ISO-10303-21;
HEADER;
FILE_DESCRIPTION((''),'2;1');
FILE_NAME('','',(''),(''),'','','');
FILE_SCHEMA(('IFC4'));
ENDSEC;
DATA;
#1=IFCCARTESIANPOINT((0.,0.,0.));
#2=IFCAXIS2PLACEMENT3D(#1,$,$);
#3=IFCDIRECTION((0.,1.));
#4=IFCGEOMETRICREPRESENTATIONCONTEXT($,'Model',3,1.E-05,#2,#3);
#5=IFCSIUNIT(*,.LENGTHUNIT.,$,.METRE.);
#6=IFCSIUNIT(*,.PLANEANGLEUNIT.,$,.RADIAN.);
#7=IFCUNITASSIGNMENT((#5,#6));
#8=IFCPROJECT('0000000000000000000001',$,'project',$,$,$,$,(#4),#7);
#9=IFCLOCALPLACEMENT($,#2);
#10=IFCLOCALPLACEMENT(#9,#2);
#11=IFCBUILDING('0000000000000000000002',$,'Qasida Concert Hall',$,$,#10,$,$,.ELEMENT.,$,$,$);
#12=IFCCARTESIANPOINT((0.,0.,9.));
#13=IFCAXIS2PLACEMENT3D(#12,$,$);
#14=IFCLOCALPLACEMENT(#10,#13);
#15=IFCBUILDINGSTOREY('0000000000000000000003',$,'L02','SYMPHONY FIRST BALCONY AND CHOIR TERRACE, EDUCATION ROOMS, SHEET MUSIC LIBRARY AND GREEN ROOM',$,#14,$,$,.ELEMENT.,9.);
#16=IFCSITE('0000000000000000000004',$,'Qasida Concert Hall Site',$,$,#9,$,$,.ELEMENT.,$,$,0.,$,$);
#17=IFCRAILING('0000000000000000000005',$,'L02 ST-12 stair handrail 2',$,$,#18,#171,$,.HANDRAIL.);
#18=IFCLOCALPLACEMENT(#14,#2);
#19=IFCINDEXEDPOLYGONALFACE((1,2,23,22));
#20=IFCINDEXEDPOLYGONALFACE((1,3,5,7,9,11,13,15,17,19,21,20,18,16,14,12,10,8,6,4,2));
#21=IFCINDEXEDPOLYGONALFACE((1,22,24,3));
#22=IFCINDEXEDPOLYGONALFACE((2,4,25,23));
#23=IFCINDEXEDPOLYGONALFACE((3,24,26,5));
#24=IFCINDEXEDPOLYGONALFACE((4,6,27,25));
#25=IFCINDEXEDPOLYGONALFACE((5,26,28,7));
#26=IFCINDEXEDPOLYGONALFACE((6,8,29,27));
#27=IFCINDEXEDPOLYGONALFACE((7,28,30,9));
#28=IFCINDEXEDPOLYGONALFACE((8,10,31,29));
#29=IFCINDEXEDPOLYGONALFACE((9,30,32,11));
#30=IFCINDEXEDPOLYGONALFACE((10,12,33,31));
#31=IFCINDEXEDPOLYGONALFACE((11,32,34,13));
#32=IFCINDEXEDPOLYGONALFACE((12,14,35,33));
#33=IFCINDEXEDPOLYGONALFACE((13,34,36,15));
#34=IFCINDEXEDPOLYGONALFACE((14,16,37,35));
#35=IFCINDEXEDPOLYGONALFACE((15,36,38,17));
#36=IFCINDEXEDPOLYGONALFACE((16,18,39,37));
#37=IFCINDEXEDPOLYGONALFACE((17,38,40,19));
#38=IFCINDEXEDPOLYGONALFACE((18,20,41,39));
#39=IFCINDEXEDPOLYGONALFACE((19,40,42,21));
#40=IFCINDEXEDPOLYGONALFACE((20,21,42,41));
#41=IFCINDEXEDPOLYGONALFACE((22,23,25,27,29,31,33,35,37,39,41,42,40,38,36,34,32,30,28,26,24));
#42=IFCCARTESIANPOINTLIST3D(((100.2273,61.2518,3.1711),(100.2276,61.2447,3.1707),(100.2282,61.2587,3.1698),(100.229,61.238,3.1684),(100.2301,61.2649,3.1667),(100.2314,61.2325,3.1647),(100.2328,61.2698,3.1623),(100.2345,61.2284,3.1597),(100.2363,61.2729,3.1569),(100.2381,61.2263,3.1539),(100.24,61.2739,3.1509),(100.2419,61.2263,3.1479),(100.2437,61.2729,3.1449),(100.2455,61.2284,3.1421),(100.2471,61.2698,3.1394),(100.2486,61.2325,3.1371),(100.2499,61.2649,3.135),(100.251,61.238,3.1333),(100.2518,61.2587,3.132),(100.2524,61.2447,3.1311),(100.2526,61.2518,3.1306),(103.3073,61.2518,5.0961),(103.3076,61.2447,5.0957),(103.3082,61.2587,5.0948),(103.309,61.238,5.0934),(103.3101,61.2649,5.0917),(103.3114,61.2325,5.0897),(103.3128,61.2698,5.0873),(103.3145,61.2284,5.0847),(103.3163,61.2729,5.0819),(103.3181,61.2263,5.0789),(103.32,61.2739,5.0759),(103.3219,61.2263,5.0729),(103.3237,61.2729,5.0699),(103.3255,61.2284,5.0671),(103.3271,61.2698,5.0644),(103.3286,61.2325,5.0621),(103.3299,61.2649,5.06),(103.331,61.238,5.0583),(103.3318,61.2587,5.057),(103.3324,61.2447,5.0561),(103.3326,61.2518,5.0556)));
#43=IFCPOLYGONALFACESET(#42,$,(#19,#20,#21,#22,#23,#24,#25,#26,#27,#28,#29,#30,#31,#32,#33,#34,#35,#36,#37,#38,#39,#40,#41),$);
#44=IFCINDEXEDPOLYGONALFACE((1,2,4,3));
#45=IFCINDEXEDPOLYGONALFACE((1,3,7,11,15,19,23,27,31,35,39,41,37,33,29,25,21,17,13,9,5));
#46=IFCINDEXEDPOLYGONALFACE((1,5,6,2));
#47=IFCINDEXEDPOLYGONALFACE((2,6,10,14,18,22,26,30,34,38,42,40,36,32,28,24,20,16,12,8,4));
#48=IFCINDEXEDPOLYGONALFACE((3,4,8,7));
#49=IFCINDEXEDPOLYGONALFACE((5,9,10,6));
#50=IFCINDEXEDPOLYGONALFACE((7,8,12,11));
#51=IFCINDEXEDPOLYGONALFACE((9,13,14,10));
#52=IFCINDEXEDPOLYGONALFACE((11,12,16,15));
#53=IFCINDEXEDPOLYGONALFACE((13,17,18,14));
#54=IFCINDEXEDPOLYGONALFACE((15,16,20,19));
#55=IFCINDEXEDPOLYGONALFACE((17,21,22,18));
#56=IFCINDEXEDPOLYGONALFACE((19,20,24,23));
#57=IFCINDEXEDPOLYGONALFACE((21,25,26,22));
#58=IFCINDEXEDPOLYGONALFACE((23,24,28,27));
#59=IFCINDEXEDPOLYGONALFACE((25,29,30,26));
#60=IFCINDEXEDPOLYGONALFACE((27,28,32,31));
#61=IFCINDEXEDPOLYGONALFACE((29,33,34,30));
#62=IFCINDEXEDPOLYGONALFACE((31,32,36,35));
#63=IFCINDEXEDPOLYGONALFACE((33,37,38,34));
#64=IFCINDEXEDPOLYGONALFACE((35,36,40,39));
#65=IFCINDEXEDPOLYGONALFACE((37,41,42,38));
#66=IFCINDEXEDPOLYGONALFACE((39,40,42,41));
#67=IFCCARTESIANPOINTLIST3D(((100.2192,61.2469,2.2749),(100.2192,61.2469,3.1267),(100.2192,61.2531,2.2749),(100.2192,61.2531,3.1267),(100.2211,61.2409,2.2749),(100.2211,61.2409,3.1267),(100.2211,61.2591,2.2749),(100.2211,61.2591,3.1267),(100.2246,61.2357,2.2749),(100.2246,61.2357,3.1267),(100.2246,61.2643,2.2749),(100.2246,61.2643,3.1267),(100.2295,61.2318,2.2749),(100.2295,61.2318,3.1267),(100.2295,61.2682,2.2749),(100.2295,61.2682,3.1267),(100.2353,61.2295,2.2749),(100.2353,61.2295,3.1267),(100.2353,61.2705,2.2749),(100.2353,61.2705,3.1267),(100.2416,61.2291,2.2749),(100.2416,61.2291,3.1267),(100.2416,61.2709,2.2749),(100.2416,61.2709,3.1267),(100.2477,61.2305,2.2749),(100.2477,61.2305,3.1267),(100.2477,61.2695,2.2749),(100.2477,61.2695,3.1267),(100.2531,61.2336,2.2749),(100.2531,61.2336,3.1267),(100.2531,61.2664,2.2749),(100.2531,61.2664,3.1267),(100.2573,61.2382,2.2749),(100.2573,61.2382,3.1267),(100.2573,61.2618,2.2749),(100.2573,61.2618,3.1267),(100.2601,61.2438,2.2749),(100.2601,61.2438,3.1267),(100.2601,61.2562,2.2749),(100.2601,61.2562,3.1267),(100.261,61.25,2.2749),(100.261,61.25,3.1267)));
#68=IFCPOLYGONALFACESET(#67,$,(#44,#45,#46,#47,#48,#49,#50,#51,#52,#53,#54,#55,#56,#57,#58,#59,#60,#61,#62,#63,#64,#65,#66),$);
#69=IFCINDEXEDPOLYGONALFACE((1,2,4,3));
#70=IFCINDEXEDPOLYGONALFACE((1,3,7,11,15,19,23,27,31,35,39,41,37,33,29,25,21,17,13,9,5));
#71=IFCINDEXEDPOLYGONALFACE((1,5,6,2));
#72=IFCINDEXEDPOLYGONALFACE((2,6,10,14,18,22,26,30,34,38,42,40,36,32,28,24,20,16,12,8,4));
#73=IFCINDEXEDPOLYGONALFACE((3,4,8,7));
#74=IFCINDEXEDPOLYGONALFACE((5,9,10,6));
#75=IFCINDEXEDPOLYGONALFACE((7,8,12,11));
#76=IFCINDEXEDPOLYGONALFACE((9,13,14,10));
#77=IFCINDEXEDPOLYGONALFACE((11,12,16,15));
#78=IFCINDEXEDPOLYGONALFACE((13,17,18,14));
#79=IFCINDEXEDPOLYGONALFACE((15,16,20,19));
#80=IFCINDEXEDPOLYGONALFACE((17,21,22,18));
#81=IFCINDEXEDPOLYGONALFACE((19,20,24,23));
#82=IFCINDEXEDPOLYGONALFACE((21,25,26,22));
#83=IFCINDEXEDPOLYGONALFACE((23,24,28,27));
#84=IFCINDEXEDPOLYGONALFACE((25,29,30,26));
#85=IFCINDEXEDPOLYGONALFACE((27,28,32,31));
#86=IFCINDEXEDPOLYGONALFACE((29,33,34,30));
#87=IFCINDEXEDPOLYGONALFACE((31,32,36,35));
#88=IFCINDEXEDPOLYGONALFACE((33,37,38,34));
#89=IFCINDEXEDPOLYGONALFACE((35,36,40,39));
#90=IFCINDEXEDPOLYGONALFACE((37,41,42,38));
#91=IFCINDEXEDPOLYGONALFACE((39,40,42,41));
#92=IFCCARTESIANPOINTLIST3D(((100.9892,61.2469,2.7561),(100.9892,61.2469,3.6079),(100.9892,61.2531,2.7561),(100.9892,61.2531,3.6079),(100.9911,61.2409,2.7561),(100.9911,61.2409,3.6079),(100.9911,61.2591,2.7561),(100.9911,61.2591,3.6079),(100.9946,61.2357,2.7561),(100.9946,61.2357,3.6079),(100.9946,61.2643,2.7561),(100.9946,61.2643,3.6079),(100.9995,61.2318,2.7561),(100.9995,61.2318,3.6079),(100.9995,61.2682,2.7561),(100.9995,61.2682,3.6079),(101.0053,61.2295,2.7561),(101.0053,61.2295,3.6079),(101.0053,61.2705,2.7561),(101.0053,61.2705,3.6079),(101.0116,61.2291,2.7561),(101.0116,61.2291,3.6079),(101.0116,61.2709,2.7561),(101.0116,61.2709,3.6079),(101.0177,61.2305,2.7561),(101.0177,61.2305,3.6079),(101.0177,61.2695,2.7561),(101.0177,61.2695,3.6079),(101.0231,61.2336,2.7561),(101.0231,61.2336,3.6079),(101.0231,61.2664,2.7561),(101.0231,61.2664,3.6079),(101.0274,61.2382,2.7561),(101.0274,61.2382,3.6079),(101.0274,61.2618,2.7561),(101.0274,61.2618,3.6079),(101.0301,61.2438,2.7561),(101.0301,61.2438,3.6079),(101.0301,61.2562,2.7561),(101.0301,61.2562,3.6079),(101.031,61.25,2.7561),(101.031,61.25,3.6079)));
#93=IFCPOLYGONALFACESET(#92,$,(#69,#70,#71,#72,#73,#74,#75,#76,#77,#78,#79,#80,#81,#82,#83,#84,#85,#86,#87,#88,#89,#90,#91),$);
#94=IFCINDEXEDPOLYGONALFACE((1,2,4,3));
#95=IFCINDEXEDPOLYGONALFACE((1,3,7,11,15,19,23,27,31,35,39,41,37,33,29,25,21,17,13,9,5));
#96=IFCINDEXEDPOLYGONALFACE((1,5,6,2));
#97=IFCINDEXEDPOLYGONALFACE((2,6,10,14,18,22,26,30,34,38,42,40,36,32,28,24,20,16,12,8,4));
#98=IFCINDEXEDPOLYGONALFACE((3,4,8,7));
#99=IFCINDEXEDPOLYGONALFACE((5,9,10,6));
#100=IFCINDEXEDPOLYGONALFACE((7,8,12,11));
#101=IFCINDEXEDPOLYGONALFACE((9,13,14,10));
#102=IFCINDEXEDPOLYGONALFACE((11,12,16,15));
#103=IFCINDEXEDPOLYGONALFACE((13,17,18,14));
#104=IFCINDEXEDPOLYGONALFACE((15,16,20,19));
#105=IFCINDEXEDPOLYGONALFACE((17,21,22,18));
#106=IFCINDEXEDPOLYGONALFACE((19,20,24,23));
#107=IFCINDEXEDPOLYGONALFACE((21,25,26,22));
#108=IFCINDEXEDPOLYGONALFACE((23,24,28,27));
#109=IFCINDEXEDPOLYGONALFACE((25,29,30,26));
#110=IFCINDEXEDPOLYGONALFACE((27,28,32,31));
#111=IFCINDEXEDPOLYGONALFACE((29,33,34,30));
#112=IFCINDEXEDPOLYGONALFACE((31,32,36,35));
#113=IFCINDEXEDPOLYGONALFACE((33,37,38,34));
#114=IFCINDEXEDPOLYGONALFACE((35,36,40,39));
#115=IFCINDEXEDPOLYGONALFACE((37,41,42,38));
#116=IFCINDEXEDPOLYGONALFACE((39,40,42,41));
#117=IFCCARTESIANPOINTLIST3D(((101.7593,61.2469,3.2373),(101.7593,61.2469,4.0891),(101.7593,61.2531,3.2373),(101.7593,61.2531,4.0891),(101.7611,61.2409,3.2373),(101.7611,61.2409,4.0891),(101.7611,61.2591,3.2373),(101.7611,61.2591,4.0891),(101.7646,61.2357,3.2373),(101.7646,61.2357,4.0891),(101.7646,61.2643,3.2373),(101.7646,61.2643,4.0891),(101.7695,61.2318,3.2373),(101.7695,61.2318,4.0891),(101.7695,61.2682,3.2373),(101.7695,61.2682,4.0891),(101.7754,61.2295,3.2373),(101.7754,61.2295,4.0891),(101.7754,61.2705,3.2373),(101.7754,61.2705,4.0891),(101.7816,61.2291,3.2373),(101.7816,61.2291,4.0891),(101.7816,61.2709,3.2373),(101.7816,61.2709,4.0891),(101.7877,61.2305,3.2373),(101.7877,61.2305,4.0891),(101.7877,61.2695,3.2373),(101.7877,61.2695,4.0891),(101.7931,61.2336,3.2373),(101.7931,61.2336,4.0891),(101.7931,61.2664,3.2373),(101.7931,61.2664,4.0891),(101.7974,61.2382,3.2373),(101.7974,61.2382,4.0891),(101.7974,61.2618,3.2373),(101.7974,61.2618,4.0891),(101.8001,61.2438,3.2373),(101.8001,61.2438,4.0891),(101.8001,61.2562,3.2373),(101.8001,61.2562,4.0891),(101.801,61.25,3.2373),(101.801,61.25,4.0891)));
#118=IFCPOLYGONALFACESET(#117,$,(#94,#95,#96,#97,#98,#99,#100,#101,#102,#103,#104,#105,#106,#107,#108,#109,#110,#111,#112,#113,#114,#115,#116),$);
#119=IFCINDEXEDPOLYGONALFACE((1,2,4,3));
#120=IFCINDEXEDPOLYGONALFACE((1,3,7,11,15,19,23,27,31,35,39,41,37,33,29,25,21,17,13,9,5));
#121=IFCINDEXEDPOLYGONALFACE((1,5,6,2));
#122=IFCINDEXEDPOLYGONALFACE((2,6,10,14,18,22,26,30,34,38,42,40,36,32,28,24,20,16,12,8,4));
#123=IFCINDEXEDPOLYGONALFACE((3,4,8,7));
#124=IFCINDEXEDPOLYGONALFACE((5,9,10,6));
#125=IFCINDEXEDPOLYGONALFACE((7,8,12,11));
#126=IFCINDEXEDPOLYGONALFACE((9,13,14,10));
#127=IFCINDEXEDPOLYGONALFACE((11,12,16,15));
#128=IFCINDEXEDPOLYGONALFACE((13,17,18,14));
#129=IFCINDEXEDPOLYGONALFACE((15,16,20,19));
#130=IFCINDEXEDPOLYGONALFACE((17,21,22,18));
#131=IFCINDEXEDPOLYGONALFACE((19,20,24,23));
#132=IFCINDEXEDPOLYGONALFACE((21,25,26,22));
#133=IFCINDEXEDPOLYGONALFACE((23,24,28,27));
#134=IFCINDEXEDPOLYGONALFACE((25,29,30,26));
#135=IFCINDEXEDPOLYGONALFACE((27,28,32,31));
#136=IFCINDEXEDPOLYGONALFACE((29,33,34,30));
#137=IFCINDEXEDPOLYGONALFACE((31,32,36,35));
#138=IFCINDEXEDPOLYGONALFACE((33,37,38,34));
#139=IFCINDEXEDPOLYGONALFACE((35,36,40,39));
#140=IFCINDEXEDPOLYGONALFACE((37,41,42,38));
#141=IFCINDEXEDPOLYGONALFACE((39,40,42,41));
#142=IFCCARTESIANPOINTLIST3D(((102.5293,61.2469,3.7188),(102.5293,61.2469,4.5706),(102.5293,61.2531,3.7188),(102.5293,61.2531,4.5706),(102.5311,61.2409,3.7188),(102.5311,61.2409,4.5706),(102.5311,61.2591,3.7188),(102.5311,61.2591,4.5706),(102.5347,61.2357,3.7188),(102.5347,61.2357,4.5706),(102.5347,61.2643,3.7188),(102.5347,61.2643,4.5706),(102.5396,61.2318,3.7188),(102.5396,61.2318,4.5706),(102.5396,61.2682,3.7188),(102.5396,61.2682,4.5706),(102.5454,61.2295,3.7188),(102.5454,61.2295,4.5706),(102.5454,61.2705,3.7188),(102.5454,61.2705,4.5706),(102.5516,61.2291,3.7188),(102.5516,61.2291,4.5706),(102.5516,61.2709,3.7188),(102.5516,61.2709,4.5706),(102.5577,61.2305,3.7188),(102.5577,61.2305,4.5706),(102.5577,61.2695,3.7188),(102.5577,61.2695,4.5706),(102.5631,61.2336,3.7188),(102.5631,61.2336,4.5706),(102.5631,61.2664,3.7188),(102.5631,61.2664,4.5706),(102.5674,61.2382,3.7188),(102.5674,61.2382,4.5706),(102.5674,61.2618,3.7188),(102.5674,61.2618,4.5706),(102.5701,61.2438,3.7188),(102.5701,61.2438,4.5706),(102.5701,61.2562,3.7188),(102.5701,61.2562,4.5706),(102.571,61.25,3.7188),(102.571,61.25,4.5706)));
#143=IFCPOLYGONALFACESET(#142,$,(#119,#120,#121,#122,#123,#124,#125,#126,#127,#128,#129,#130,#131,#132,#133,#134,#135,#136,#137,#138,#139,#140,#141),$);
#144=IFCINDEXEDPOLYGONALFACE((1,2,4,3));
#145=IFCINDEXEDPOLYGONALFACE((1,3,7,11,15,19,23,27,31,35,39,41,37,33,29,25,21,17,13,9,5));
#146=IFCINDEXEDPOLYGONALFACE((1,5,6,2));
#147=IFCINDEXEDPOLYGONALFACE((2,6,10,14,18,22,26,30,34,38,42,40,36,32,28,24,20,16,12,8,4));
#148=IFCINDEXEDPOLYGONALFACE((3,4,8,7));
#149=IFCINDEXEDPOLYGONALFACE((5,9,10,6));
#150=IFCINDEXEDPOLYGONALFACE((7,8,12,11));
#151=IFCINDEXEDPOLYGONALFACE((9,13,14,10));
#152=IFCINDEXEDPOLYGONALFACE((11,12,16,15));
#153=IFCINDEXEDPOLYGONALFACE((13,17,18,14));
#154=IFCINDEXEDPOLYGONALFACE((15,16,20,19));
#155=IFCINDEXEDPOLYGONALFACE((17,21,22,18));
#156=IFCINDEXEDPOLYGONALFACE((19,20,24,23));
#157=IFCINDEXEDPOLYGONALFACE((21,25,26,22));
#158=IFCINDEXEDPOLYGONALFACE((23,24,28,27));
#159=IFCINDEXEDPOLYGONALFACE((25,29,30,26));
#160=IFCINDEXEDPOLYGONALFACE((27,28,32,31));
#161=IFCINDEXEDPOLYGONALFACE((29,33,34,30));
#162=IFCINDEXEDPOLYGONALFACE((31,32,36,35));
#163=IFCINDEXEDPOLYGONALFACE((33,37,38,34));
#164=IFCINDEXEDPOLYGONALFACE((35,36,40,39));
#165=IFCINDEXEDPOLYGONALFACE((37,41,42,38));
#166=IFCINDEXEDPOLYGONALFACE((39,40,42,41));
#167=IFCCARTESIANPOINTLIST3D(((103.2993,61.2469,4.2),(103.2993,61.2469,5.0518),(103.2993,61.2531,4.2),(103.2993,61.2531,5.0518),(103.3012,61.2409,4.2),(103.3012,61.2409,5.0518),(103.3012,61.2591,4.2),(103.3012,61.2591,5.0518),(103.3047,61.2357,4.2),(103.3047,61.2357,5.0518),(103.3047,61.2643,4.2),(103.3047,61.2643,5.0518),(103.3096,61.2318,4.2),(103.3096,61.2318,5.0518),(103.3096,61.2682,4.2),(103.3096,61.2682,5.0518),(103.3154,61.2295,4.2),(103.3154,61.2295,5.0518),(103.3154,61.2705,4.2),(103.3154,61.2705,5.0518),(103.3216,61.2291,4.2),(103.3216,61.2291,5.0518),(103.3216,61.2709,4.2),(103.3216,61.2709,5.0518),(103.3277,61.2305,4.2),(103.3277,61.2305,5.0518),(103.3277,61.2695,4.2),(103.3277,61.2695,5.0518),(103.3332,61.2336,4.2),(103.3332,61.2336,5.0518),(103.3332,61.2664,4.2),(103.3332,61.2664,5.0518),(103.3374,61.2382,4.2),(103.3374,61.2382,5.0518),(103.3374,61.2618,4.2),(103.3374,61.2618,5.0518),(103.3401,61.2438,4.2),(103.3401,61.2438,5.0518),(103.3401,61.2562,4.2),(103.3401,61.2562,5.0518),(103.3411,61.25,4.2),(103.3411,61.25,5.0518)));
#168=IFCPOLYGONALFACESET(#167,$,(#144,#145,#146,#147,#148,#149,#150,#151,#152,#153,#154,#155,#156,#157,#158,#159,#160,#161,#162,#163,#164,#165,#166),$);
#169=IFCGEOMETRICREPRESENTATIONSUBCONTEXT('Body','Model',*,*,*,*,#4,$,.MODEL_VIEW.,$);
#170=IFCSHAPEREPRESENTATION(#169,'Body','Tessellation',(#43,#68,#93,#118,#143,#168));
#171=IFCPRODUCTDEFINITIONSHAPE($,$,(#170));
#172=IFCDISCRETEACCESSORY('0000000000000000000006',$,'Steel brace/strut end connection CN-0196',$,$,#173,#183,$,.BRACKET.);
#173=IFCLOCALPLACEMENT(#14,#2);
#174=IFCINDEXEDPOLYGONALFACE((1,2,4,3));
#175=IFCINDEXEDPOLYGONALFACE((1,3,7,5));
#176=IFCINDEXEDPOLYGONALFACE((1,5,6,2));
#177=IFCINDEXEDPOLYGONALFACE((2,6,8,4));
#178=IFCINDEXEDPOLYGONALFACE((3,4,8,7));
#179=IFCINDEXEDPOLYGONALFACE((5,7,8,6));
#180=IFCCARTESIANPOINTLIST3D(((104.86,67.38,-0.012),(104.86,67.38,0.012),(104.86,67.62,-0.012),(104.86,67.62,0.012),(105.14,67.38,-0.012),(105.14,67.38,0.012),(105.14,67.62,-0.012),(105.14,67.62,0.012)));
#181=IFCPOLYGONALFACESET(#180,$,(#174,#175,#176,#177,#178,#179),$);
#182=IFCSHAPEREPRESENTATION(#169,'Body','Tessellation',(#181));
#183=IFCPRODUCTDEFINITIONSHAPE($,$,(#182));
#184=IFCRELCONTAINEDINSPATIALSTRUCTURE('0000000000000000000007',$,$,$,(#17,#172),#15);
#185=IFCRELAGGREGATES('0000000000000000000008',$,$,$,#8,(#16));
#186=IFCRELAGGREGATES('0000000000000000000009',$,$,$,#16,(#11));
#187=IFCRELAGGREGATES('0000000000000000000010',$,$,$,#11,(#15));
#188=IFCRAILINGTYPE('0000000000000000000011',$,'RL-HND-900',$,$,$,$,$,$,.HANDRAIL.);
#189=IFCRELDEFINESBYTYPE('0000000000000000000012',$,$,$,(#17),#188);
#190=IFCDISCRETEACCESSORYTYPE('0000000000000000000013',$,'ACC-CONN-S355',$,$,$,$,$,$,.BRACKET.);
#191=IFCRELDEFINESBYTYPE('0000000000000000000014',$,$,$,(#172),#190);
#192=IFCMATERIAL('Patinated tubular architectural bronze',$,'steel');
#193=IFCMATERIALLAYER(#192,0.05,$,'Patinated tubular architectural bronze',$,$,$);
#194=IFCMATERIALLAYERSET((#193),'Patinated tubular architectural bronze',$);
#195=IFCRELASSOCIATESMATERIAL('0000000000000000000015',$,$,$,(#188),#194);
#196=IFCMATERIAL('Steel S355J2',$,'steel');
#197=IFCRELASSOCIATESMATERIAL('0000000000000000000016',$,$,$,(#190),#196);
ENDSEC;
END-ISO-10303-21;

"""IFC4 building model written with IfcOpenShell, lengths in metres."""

from ifc_helpers import new_model, si_unit, direction, frame, origin, origin_2d, place, context, subcontext, project, spatial, rectangle, circle, extrude, material, layer, layer_set, type_object, element, save


model = new_model("IFC4")

# Units and contexts
model_context = context("Model", 3, precision=1e-05, world=origin(), true_north=direction((0.0, 1.0)))
body_context = subcontext(model_context, "Body", "Model", "MODEL_VIEW")
ifc_project = project(units=[si_unit("LENGTHUNIT", "METRE"), si_unit("PLANEANGLEUNIT", "RADIAN")], contexts=[model_context])

# Site, building, storey
site_placement = place(None, origin())
site = spatial("IfcSite", under=ifc_project, at=site_placement, Name="Qasida Concert Hall Site", CompositionType="ELEMENT", RefElevation=0.0)
building_placement = place(site_placement, origin())
building = spatial("IfcBuilding", under=site, at=building_placement, Name="Qasida Concert Hall", CompositionType="ELEMENT")
storey_placement = place(building_placement, frame((0.0, 0.0, 9.0)))
storey = spatial("IfcBuildingStorey", under=building, at=storey_placement, Name="L02", Description="SYMPHONY FIRST BALCONY AND CHOIR TERRACE, EDUCATION ROOMS, SHEET MUSIC LIBRARY AND GREEN ROOM", CompositionType="ELEMENT", Elevation=9.0)

# Shared definitions
ifc_material_1 = material(Name="Steel S355J2", Category="steel")

# Railing
ifc_material_2 = material(Name="Patinated tubular architectural bronze", Category="steel")
ifc_layer_1 = layer(ifc_material_2, 0.05, Name="Patinated tubular architectural bronze")
ifc_layer_set_1 = layer_set([ifc_layer_1], Name="Patinated tubular architectural bronze")
railing_type_1 = type_object("IfcRailingType", Name="RL-HND-900", PredefinedType="HANDRAIL", material=ifc_layer_set_1)
railing_1_placement = place(storey_placement, frame((100.24, 61.25, 2.2749)))
element("IfcRailing", 1, at=railing_1_placement, inside=storey, type_object=railing_type_1, Name="L02 ST-12 stair handrail 2", PredefinedType="HANDRAIL", context=body_context, shape_type="SweptSolid", body=[
    extrude(circle(Radius=0.0239, at=origin_2d()), frame((0.0, 0.0, 0.876), z_axis=(0.847998, 0.0, 0.529999), x_axis=(0.0, 1.0, 0.0)), (0.0, 0.0, 1.0), 3.6321),
    extrude(circle(Radius=0.021, at=origin_2d()), origin(), (0.0, 0.0, 1.0), 0.8518),
    extrude(circle(Radius=0.021, at=origin_2d()), frame((0.77, 0.0, 0.4812)), (0.0, 0.0, 1.0), 0.8518),
    extrude(circle(Radius=0.021, at=origin_2d()), frame((1.54, 0.0, 0.9624)), (0.0, 0.0, 1.0), 0.8518),
    extrude(circle(Radius=0.021, at=origin_2d()), frame((2.3101, 0.0, 1.4438)), (0.0, 0.0, 1.0), 0.8518),
    extrude(circle(Radius=0.021, at=origin_2d()), frame((3.0801, 0.0, 1.925)), (0.0, 0.0, 1.0), 0.8518),
])

# Discrete accessory
discrete_accessory_type = type_object("IfcDiscreteAccessoryType", Name="ACC-CONN-S355", PredefinedType="BRACKET", material=ifc_material_1)
discrete_accessory_placement = place(storey_placement, frame((105.0, 67.5, -0.012), z_axis=(0.0, 0.0, 1.0), x_axis=(1.0, 0.0, 0.0)))
element("IfcDiscreteAccessory", 2, at=discrete_accessory_placement, inside=storey, type_object=discrete_accessory_type, Name="Steel brace/strut end connection CN-0196", PredefinedType="BRACKET", context=body_context, shape_type="SweptSolid", body=[
    extrude(rectangle(XDim=0.28, YDim=0.24, at=origin_2d()), origin(), (0.0, 0.0, 1.0), 0.0239),
])

save(model, "model.ifc")
